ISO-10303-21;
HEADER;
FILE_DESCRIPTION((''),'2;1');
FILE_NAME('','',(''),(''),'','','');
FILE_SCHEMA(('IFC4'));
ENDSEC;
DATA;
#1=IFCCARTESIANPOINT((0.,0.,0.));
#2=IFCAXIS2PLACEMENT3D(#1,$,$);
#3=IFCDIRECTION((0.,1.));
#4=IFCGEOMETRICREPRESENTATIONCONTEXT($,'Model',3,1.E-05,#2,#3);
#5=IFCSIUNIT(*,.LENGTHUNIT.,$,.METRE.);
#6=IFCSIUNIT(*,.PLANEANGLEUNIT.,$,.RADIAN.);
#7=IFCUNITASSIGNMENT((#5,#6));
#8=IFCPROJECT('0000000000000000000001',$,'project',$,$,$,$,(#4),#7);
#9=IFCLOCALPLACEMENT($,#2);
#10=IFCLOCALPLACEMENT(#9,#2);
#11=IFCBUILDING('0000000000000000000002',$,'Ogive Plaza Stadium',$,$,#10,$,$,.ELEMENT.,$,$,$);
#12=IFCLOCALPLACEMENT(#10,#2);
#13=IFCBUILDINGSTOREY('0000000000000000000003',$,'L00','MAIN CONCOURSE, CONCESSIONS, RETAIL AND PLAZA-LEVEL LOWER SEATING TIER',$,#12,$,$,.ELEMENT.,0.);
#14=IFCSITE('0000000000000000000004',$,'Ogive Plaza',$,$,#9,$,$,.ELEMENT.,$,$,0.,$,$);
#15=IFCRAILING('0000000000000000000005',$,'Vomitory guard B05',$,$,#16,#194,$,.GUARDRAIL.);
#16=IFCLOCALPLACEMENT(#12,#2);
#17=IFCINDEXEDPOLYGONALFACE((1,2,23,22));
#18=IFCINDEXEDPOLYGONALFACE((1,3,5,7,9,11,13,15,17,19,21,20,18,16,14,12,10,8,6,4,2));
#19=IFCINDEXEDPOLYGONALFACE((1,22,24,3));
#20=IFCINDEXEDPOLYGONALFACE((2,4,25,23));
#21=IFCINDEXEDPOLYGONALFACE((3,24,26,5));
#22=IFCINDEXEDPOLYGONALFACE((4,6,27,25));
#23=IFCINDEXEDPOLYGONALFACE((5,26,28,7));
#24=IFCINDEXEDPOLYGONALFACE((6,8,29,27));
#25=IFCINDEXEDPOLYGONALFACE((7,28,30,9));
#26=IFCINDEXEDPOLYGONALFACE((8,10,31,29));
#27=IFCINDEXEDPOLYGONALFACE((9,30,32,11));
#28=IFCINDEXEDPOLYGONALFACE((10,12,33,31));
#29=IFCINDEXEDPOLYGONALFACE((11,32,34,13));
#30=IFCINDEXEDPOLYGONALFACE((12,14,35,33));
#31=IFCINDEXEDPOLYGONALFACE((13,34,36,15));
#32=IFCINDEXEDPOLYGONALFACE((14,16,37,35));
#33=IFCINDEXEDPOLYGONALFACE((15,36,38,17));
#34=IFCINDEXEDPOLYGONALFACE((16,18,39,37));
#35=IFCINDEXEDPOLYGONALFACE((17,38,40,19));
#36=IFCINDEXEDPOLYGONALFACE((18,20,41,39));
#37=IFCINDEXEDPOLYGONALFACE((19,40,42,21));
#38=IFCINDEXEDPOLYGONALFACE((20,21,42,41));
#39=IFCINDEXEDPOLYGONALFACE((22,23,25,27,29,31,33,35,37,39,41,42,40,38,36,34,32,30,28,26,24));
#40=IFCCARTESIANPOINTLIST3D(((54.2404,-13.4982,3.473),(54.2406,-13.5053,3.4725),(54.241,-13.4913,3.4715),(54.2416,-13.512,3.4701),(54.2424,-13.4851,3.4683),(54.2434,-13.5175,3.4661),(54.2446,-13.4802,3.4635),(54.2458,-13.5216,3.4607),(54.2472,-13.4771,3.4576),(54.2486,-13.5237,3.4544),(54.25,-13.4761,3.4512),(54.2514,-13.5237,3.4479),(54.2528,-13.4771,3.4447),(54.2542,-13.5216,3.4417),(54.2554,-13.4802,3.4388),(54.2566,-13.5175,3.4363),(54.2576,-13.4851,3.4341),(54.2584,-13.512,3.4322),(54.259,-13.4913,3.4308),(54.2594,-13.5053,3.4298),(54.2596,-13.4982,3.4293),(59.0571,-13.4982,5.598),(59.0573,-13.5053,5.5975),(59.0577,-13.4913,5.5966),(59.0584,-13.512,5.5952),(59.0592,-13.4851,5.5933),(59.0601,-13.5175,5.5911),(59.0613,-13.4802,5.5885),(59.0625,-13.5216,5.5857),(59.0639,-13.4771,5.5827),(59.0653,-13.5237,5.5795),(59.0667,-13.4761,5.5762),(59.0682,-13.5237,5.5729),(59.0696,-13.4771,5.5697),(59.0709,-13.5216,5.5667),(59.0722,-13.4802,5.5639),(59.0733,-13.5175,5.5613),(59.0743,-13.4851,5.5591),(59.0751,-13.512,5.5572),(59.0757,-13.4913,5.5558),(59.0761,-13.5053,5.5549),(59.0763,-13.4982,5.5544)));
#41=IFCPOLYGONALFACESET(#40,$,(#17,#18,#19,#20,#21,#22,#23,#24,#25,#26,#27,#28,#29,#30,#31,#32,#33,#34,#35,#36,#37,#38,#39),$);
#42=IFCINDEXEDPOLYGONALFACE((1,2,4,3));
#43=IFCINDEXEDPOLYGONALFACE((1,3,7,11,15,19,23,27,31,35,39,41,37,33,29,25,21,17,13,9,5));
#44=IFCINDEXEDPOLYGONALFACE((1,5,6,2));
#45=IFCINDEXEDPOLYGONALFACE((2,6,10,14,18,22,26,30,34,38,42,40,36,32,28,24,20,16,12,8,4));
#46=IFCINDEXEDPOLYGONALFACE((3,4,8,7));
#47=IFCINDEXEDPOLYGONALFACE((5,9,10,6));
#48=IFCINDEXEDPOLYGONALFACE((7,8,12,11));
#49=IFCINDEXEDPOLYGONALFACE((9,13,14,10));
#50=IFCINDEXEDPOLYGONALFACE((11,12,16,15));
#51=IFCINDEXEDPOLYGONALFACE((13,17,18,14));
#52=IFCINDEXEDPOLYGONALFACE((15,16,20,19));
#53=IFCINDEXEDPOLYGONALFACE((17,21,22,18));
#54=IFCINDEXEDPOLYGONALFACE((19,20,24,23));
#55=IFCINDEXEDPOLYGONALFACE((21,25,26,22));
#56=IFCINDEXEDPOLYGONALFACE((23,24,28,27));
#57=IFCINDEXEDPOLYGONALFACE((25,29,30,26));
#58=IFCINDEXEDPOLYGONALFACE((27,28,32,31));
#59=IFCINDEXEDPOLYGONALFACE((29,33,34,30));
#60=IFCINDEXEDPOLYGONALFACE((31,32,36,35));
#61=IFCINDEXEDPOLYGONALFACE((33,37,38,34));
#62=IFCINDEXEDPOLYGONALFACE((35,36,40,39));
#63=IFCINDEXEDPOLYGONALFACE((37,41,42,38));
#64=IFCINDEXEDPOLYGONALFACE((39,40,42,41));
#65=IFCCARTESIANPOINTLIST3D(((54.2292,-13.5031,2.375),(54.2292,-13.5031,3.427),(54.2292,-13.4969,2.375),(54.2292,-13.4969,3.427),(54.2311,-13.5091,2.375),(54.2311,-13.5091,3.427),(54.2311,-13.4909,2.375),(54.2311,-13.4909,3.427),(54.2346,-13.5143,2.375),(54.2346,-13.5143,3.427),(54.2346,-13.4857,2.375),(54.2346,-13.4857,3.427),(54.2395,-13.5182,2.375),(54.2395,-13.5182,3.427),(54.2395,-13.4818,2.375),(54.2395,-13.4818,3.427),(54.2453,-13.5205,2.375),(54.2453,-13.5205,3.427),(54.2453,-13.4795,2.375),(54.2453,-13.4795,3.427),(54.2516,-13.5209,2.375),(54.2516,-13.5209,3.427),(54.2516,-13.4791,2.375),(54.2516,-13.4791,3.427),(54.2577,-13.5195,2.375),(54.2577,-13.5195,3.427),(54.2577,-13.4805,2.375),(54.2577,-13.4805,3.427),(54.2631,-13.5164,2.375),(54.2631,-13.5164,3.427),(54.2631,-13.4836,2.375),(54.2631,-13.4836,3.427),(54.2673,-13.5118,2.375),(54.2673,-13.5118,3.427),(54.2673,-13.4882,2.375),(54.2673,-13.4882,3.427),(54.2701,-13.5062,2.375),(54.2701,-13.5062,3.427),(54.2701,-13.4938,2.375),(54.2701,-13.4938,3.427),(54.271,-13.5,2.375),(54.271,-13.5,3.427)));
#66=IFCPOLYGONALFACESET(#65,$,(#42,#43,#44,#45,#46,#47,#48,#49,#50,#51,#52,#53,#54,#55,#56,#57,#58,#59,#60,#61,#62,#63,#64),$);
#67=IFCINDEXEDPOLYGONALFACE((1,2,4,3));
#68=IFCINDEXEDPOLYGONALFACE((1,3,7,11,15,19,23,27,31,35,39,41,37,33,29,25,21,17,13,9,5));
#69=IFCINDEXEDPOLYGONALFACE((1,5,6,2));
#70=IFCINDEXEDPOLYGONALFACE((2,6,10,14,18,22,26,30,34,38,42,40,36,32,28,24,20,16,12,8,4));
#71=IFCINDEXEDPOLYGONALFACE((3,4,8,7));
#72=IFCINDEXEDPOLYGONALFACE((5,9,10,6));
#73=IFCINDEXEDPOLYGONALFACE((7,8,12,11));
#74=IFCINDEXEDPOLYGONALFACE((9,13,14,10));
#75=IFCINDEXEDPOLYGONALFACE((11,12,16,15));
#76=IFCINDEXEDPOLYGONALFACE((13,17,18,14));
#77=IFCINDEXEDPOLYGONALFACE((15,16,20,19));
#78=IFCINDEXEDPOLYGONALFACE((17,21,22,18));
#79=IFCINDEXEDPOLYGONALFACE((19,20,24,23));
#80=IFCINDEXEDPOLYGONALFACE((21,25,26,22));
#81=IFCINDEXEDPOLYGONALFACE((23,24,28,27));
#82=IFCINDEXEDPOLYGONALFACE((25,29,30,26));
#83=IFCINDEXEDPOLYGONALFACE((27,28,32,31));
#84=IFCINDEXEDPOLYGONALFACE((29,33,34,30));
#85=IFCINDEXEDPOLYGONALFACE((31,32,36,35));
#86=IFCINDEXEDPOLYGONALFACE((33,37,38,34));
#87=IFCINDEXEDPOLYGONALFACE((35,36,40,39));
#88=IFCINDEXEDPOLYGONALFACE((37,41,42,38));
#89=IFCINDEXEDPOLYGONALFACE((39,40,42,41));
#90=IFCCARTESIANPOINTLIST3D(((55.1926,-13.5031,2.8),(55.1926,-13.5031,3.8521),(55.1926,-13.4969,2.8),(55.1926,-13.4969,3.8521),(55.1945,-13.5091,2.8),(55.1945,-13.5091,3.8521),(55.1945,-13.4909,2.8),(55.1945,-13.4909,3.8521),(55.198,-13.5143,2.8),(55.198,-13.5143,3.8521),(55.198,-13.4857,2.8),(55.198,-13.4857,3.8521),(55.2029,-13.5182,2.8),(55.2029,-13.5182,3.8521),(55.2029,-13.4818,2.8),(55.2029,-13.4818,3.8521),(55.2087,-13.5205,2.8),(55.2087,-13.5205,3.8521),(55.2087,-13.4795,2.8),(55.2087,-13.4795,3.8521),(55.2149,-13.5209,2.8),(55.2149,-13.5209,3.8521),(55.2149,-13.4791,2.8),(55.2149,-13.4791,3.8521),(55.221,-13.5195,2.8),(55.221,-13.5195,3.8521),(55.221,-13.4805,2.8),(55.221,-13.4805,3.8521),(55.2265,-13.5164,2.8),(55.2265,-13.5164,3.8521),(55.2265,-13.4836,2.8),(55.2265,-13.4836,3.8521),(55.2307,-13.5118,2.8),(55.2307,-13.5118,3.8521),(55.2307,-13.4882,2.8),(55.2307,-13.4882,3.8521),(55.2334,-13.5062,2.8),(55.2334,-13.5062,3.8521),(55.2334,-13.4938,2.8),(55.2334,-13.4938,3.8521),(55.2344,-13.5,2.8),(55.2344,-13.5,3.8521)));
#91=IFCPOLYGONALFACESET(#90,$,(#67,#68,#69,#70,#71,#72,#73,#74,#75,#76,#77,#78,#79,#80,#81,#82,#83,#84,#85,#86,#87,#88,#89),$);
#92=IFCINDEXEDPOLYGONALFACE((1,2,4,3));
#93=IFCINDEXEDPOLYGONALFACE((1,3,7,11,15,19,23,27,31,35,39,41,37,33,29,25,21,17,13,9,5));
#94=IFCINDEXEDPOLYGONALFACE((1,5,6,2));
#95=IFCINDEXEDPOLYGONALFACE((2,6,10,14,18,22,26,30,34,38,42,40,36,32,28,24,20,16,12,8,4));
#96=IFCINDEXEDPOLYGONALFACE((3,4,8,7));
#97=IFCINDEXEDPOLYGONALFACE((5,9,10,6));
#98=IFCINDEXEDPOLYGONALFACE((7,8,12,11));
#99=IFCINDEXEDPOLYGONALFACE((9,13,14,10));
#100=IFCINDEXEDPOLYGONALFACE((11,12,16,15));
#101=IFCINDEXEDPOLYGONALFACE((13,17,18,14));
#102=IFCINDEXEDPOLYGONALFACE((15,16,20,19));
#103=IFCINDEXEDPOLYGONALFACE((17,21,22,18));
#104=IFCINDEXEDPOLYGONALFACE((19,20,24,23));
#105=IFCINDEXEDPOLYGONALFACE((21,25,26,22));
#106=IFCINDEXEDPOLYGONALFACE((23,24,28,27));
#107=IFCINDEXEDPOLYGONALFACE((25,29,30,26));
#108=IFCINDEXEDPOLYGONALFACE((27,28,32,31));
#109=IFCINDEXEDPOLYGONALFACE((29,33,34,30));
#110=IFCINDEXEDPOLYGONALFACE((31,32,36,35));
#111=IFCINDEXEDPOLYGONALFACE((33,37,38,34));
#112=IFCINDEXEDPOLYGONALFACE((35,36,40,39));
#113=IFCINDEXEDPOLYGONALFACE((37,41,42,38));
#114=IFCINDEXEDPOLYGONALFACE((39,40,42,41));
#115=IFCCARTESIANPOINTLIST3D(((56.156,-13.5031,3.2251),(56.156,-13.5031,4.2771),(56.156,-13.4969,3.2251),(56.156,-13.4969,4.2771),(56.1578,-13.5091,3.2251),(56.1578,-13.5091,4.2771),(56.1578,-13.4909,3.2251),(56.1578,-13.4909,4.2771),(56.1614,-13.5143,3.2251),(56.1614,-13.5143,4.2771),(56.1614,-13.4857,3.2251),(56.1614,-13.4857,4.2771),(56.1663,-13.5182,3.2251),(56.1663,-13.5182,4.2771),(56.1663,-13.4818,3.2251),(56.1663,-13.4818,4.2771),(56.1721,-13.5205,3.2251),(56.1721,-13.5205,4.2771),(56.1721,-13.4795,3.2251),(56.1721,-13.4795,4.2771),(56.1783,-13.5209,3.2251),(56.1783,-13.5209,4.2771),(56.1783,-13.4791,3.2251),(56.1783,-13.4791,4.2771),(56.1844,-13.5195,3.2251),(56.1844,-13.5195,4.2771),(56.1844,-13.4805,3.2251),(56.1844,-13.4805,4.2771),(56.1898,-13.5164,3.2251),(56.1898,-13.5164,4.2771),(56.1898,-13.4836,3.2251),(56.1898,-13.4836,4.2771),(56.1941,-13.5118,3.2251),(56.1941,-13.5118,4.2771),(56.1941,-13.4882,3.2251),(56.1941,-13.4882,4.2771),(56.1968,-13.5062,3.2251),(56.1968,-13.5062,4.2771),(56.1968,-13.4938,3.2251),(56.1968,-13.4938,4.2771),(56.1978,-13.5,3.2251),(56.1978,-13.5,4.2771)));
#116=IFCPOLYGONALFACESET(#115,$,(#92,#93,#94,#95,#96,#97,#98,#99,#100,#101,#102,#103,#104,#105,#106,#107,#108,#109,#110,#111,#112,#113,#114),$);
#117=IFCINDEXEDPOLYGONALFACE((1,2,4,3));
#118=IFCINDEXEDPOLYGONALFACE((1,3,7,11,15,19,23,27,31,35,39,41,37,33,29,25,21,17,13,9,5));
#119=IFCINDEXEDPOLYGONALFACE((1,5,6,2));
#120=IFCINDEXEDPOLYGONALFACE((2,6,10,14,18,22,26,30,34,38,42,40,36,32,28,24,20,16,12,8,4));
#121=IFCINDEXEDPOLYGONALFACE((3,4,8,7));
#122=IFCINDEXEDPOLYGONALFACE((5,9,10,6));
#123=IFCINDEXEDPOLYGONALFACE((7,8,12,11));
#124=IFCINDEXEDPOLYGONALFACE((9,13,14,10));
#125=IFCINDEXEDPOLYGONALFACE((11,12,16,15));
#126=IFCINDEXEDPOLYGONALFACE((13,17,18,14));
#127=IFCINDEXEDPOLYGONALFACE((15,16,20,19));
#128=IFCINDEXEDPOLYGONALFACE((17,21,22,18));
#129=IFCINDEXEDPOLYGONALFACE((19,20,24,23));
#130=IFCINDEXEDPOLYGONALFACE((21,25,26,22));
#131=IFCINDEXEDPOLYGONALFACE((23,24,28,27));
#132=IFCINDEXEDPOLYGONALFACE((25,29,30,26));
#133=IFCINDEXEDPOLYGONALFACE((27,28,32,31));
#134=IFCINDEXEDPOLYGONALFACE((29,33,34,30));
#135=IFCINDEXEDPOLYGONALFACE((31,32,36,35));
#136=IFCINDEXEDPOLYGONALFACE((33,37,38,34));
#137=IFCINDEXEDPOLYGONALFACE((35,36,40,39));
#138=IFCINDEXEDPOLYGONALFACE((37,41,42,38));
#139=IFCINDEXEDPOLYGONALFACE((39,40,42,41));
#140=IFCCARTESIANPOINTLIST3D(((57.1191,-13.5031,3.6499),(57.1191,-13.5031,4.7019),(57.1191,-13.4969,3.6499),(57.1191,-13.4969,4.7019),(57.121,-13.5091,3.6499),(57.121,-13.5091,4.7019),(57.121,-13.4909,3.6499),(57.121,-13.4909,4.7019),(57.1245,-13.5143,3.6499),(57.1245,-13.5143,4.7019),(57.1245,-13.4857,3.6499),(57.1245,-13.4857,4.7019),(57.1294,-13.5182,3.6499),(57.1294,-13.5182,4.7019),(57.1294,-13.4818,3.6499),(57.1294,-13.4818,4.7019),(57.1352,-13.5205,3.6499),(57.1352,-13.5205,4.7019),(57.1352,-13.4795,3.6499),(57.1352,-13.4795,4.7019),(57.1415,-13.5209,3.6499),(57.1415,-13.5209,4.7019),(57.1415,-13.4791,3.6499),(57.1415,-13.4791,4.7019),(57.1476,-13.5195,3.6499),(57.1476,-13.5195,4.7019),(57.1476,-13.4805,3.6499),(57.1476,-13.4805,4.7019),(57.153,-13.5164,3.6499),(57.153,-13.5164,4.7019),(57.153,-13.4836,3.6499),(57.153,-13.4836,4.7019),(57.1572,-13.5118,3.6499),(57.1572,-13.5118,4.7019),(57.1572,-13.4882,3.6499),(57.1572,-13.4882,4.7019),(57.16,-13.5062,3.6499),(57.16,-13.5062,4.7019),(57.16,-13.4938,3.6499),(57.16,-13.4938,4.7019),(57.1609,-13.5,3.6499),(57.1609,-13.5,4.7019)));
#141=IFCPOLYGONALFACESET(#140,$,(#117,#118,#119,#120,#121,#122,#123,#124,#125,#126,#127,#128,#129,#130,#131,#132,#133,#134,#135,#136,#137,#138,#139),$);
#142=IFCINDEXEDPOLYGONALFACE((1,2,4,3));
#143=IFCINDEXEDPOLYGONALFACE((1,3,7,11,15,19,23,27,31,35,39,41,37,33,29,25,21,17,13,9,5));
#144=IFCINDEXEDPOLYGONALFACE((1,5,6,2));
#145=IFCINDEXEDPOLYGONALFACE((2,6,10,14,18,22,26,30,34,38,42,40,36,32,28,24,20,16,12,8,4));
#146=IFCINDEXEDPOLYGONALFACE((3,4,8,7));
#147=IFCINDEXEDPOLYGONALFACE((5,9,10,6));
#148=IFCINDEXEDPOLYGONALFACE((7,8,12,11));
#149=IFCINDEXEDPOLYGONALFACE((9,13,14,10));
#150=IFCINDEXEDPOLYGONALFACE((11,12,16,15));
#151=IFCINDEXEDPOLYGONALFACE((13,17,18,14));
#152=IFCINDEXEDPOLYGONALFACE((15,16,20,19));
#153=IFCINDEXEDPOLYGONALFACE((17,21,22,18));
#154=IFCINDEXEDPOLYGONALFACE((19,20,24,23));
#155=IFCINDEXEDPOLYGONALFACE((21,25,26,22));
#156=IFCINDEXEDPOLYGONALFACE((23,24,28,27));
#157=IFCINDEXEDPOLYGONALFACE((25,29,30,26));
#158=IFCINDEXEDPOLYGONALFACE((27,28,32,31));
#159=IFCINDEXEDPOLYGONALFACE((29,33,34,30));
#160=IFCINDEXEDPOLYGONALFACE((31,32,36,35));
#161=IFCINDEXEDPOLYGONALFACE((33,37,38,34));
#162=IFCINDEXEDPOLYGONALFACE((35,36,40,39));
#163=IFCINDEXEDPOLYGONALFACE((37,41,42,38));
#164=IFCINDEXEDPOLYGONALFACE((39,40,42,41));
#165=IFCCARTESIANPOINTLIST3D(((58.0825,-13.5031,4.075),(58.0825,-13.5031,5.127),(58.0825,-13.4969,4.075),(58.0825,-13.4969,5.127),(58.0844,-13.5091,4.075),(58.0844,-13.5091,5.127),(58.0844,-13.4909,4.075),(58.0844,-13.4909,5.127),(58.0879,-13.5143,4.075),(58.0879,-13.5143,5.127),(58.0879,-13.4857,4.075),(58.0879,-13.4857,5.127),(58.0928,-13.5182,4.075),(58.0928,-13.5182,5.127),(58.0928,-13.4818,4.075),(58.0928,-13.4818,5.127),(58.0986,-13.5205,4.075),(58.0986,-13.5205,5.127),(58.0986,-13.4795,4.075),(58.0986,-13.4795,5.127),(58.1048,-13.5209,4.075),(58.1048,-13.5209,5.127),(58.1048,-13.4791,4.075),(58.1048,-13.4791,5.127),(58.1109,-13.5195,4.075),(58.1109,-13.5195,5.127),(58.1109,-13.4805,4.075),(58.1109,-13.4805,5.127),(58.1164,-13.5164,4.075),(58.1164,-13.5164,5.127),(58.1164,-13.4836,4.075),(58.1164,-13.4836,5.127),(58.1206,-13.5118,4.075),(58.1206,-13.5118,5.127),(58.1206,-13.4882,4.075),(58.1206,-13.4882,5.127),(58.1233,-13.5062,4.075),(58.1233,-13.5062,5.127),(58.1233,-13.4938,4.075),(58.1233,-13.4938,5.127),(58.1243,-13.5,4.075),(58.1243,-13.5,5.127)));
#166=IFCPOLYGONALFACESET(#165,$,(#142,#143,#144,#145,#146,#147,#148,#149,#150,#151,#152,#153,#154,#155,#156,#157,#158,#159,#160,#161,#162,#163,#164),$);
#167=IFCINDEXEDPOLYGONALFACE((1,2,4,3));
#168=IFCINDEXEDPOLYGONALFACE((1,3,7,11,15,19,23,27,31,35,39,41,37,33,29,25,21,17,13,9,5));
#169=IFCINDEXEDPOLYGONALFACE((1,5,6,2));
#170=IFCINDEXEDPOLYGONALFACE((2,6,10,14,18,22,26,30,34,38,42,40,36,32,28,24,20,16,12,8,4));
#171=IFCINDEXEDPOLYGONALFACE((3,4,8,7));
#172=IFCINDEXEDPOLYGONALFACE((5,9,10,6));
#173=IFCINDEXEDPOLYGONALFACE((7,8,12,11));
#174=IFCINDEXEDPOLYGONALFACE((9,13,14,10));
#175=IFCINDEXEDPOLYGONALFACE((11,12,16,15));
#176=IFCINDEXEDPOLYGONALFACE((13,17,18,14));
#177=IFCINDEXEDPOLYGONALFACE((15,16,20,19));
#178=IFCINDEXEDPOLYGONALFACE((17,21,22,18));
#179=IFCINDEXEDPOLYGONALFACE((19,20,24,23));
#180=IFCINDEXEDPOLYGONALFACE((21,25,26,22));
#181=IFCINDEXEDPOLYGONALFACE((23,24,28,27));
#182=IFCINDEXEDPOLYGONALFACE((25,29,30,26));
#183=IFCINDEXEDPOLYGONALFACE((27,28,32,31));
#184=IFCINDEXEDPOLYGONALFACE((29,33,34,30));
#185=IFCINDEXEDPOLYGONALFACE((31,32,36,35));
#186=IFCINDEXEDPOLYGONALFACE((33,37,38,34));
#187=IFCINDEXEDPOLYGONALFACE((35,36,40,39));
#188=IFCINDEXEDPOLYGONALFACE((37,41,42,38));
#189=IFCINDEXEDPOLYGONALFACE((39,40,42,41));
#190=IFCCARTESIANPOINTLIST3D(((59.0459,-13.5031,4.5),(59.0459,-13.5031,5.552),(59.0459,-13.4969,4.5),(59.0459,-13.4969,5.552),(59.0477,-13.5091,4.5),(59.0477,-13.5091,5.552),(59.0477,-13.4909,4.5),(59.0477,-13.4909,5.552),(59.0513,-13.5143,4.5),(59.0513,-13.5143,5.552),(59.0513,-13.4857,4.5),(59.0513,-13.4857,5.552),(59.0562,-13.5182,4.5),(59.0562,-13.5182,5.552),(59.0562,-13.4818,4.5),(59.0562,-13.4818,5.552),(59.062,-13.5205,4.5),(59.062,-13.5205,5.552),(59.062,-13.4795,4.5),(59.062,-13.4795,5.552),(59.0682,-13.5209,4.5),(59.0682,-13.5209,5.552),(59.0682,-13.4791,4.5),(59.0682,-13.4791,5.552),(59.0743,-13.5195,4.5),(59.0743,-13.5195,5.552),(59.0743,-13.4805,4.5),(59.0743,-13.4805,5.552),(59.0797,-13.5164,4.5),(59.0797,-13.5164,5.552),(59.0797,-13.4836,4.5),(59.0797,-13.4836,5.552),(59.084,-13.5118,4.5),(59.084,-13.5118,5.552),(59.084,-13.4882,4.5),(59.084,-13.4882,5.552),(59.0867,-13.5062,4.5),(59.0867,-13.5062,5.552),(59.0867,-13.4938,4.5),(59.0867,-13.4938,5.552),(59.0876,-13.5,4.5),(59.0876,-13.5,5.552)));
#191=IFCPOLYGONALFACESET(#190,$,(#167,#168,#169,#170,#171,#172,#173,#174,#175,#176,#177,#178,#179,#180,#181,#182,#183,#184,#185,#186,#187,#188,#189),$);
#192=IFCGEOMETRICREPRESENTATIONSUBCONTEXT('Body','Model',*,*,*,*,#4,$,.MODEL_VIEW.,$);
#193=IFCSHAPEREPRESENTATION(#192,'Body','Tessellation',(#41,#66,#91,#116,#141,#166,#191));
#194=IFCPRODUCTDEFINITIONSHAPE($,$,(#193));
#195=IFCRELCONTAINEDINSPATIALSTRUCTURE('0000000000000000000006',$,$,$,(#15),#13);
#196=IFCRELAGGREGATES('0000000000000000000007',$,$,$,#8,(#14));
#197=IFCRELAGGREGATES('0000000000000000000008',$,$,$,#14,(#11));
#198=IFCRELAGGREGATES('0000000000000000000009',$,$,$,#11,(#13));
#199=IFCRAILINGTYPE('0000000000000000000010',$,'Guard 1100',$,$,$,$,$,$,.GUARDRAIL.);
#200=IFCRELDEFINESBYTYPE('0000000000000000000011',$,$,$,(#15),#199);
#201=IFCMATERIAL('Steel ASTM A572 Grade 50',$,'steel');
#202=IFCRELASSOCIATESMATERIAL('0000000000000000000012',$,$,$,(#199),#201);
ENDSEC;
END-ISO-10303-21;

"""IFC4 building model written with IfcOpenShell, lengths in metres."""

from ifc_helpers import new_model, si_unit, direction, frame, origin, origin_2d, place, context, subcontext, project, spatial, circle, extrude, material, type_object, element, save


model = new_model("IFC4")

# Units and contexts
model_context = context("Model", 3, precision=1e-05, world=origin(), true_north=direction((0.0, 1.0)))
body_context = subcontext(model_context, "Body", "Model", "MODEL_VIEW")
ifc_project = project(units=[si_unit("LENGTHUNIT", "METRE"), si_unit("PLANEANGLEUNIT", "RADIAN")], contexts=[model_context])

# Site, building, storey
site_placement = place(None, origin())
site = spatial("IfcSite", under=ifc_project, at=site_placement, Name="Ogive Plaza", CompositionType="ELEMENT", RefElevation=0.0)
building_placement = place(site_placement, origin())
building = spatial("IfcBuilding", under=site, at=building_placement, Name="Ogive Plaza Stadium", CompositionType="ELEMENT")
storey_placement = place(building_placement, origin())
storey = spatial("IfcBuildingStorey", under=building, at=storey_placement, Name="L00", Description="MAIN CONCOURSE, CONCESSIONS, RETAIL AND PLAZA-LEVEL LOWER SEATING TIER", CompositionType="ELEMENT", Elevation=0.0)

# Railing
ifc_material_1 = material(Name="Steel ASTM A572 Grade 50", Category="steel")
railing_type = type_object("IfcRailingType", Name="Guard 1100", PredefinedType="GUARDRAIL", material=ifc_material_1)
for number, where, name in (
    (1, (54.25, -13.5, 2.375), "Vomitory guard B05"),
):
    element("IfcRailing", number, at=place(storey_placement, frame(where)), inside=storey, type_object=railing_type, Name=name, PredefinedType="GUARDRAIL", context=body_context, shape_type="SweptSolid", body=[
        extrude(circle(Radius=0.0239, at=origin_2d()), frame((0.0, 0.0, 1.0762), z_axis=(0.914917, 0.0, 0.403641), x_axis=(0.0, 1.0, 0.0)), (0.0, 0.0, 1.0), 5.2646),
        extrude(circle(Radius=0.021, at=origin_2d()), origin(), (0.0, 0.0, 1.0), 1.052),
        extrude(circle(Radius=0.021, at=origin_2d()), frame((0.9634, 0.0, 0.425)), (0.0, 0.0, 1.0), 1.052),
        extrude(circle(Radius=0.021, at=origin_2d()), frame((1.9268, 0.0, 0.8501)), (0.0, 0.0, 1.0), 1.052),
        extrude(circle(Radius=0.021, at=origin_2d()), frame((2.8899, 0.0, 1.2749)), (0.0, 0.0, 1.0), 1.052),
        extrude(circle(Radius=0.021, at=origin_2d()), frame((3.8533, 0.0, 1.7)), (0.0, 0.0, 1.0), 1.052),
        extrude(circle(Radius=0.021, at=origin_2d()), frame((4.8167, 0.0, 2.125)), (0.0, 0.0, 1.0), 1.052),
    ])

save(model, "model.ifc")
